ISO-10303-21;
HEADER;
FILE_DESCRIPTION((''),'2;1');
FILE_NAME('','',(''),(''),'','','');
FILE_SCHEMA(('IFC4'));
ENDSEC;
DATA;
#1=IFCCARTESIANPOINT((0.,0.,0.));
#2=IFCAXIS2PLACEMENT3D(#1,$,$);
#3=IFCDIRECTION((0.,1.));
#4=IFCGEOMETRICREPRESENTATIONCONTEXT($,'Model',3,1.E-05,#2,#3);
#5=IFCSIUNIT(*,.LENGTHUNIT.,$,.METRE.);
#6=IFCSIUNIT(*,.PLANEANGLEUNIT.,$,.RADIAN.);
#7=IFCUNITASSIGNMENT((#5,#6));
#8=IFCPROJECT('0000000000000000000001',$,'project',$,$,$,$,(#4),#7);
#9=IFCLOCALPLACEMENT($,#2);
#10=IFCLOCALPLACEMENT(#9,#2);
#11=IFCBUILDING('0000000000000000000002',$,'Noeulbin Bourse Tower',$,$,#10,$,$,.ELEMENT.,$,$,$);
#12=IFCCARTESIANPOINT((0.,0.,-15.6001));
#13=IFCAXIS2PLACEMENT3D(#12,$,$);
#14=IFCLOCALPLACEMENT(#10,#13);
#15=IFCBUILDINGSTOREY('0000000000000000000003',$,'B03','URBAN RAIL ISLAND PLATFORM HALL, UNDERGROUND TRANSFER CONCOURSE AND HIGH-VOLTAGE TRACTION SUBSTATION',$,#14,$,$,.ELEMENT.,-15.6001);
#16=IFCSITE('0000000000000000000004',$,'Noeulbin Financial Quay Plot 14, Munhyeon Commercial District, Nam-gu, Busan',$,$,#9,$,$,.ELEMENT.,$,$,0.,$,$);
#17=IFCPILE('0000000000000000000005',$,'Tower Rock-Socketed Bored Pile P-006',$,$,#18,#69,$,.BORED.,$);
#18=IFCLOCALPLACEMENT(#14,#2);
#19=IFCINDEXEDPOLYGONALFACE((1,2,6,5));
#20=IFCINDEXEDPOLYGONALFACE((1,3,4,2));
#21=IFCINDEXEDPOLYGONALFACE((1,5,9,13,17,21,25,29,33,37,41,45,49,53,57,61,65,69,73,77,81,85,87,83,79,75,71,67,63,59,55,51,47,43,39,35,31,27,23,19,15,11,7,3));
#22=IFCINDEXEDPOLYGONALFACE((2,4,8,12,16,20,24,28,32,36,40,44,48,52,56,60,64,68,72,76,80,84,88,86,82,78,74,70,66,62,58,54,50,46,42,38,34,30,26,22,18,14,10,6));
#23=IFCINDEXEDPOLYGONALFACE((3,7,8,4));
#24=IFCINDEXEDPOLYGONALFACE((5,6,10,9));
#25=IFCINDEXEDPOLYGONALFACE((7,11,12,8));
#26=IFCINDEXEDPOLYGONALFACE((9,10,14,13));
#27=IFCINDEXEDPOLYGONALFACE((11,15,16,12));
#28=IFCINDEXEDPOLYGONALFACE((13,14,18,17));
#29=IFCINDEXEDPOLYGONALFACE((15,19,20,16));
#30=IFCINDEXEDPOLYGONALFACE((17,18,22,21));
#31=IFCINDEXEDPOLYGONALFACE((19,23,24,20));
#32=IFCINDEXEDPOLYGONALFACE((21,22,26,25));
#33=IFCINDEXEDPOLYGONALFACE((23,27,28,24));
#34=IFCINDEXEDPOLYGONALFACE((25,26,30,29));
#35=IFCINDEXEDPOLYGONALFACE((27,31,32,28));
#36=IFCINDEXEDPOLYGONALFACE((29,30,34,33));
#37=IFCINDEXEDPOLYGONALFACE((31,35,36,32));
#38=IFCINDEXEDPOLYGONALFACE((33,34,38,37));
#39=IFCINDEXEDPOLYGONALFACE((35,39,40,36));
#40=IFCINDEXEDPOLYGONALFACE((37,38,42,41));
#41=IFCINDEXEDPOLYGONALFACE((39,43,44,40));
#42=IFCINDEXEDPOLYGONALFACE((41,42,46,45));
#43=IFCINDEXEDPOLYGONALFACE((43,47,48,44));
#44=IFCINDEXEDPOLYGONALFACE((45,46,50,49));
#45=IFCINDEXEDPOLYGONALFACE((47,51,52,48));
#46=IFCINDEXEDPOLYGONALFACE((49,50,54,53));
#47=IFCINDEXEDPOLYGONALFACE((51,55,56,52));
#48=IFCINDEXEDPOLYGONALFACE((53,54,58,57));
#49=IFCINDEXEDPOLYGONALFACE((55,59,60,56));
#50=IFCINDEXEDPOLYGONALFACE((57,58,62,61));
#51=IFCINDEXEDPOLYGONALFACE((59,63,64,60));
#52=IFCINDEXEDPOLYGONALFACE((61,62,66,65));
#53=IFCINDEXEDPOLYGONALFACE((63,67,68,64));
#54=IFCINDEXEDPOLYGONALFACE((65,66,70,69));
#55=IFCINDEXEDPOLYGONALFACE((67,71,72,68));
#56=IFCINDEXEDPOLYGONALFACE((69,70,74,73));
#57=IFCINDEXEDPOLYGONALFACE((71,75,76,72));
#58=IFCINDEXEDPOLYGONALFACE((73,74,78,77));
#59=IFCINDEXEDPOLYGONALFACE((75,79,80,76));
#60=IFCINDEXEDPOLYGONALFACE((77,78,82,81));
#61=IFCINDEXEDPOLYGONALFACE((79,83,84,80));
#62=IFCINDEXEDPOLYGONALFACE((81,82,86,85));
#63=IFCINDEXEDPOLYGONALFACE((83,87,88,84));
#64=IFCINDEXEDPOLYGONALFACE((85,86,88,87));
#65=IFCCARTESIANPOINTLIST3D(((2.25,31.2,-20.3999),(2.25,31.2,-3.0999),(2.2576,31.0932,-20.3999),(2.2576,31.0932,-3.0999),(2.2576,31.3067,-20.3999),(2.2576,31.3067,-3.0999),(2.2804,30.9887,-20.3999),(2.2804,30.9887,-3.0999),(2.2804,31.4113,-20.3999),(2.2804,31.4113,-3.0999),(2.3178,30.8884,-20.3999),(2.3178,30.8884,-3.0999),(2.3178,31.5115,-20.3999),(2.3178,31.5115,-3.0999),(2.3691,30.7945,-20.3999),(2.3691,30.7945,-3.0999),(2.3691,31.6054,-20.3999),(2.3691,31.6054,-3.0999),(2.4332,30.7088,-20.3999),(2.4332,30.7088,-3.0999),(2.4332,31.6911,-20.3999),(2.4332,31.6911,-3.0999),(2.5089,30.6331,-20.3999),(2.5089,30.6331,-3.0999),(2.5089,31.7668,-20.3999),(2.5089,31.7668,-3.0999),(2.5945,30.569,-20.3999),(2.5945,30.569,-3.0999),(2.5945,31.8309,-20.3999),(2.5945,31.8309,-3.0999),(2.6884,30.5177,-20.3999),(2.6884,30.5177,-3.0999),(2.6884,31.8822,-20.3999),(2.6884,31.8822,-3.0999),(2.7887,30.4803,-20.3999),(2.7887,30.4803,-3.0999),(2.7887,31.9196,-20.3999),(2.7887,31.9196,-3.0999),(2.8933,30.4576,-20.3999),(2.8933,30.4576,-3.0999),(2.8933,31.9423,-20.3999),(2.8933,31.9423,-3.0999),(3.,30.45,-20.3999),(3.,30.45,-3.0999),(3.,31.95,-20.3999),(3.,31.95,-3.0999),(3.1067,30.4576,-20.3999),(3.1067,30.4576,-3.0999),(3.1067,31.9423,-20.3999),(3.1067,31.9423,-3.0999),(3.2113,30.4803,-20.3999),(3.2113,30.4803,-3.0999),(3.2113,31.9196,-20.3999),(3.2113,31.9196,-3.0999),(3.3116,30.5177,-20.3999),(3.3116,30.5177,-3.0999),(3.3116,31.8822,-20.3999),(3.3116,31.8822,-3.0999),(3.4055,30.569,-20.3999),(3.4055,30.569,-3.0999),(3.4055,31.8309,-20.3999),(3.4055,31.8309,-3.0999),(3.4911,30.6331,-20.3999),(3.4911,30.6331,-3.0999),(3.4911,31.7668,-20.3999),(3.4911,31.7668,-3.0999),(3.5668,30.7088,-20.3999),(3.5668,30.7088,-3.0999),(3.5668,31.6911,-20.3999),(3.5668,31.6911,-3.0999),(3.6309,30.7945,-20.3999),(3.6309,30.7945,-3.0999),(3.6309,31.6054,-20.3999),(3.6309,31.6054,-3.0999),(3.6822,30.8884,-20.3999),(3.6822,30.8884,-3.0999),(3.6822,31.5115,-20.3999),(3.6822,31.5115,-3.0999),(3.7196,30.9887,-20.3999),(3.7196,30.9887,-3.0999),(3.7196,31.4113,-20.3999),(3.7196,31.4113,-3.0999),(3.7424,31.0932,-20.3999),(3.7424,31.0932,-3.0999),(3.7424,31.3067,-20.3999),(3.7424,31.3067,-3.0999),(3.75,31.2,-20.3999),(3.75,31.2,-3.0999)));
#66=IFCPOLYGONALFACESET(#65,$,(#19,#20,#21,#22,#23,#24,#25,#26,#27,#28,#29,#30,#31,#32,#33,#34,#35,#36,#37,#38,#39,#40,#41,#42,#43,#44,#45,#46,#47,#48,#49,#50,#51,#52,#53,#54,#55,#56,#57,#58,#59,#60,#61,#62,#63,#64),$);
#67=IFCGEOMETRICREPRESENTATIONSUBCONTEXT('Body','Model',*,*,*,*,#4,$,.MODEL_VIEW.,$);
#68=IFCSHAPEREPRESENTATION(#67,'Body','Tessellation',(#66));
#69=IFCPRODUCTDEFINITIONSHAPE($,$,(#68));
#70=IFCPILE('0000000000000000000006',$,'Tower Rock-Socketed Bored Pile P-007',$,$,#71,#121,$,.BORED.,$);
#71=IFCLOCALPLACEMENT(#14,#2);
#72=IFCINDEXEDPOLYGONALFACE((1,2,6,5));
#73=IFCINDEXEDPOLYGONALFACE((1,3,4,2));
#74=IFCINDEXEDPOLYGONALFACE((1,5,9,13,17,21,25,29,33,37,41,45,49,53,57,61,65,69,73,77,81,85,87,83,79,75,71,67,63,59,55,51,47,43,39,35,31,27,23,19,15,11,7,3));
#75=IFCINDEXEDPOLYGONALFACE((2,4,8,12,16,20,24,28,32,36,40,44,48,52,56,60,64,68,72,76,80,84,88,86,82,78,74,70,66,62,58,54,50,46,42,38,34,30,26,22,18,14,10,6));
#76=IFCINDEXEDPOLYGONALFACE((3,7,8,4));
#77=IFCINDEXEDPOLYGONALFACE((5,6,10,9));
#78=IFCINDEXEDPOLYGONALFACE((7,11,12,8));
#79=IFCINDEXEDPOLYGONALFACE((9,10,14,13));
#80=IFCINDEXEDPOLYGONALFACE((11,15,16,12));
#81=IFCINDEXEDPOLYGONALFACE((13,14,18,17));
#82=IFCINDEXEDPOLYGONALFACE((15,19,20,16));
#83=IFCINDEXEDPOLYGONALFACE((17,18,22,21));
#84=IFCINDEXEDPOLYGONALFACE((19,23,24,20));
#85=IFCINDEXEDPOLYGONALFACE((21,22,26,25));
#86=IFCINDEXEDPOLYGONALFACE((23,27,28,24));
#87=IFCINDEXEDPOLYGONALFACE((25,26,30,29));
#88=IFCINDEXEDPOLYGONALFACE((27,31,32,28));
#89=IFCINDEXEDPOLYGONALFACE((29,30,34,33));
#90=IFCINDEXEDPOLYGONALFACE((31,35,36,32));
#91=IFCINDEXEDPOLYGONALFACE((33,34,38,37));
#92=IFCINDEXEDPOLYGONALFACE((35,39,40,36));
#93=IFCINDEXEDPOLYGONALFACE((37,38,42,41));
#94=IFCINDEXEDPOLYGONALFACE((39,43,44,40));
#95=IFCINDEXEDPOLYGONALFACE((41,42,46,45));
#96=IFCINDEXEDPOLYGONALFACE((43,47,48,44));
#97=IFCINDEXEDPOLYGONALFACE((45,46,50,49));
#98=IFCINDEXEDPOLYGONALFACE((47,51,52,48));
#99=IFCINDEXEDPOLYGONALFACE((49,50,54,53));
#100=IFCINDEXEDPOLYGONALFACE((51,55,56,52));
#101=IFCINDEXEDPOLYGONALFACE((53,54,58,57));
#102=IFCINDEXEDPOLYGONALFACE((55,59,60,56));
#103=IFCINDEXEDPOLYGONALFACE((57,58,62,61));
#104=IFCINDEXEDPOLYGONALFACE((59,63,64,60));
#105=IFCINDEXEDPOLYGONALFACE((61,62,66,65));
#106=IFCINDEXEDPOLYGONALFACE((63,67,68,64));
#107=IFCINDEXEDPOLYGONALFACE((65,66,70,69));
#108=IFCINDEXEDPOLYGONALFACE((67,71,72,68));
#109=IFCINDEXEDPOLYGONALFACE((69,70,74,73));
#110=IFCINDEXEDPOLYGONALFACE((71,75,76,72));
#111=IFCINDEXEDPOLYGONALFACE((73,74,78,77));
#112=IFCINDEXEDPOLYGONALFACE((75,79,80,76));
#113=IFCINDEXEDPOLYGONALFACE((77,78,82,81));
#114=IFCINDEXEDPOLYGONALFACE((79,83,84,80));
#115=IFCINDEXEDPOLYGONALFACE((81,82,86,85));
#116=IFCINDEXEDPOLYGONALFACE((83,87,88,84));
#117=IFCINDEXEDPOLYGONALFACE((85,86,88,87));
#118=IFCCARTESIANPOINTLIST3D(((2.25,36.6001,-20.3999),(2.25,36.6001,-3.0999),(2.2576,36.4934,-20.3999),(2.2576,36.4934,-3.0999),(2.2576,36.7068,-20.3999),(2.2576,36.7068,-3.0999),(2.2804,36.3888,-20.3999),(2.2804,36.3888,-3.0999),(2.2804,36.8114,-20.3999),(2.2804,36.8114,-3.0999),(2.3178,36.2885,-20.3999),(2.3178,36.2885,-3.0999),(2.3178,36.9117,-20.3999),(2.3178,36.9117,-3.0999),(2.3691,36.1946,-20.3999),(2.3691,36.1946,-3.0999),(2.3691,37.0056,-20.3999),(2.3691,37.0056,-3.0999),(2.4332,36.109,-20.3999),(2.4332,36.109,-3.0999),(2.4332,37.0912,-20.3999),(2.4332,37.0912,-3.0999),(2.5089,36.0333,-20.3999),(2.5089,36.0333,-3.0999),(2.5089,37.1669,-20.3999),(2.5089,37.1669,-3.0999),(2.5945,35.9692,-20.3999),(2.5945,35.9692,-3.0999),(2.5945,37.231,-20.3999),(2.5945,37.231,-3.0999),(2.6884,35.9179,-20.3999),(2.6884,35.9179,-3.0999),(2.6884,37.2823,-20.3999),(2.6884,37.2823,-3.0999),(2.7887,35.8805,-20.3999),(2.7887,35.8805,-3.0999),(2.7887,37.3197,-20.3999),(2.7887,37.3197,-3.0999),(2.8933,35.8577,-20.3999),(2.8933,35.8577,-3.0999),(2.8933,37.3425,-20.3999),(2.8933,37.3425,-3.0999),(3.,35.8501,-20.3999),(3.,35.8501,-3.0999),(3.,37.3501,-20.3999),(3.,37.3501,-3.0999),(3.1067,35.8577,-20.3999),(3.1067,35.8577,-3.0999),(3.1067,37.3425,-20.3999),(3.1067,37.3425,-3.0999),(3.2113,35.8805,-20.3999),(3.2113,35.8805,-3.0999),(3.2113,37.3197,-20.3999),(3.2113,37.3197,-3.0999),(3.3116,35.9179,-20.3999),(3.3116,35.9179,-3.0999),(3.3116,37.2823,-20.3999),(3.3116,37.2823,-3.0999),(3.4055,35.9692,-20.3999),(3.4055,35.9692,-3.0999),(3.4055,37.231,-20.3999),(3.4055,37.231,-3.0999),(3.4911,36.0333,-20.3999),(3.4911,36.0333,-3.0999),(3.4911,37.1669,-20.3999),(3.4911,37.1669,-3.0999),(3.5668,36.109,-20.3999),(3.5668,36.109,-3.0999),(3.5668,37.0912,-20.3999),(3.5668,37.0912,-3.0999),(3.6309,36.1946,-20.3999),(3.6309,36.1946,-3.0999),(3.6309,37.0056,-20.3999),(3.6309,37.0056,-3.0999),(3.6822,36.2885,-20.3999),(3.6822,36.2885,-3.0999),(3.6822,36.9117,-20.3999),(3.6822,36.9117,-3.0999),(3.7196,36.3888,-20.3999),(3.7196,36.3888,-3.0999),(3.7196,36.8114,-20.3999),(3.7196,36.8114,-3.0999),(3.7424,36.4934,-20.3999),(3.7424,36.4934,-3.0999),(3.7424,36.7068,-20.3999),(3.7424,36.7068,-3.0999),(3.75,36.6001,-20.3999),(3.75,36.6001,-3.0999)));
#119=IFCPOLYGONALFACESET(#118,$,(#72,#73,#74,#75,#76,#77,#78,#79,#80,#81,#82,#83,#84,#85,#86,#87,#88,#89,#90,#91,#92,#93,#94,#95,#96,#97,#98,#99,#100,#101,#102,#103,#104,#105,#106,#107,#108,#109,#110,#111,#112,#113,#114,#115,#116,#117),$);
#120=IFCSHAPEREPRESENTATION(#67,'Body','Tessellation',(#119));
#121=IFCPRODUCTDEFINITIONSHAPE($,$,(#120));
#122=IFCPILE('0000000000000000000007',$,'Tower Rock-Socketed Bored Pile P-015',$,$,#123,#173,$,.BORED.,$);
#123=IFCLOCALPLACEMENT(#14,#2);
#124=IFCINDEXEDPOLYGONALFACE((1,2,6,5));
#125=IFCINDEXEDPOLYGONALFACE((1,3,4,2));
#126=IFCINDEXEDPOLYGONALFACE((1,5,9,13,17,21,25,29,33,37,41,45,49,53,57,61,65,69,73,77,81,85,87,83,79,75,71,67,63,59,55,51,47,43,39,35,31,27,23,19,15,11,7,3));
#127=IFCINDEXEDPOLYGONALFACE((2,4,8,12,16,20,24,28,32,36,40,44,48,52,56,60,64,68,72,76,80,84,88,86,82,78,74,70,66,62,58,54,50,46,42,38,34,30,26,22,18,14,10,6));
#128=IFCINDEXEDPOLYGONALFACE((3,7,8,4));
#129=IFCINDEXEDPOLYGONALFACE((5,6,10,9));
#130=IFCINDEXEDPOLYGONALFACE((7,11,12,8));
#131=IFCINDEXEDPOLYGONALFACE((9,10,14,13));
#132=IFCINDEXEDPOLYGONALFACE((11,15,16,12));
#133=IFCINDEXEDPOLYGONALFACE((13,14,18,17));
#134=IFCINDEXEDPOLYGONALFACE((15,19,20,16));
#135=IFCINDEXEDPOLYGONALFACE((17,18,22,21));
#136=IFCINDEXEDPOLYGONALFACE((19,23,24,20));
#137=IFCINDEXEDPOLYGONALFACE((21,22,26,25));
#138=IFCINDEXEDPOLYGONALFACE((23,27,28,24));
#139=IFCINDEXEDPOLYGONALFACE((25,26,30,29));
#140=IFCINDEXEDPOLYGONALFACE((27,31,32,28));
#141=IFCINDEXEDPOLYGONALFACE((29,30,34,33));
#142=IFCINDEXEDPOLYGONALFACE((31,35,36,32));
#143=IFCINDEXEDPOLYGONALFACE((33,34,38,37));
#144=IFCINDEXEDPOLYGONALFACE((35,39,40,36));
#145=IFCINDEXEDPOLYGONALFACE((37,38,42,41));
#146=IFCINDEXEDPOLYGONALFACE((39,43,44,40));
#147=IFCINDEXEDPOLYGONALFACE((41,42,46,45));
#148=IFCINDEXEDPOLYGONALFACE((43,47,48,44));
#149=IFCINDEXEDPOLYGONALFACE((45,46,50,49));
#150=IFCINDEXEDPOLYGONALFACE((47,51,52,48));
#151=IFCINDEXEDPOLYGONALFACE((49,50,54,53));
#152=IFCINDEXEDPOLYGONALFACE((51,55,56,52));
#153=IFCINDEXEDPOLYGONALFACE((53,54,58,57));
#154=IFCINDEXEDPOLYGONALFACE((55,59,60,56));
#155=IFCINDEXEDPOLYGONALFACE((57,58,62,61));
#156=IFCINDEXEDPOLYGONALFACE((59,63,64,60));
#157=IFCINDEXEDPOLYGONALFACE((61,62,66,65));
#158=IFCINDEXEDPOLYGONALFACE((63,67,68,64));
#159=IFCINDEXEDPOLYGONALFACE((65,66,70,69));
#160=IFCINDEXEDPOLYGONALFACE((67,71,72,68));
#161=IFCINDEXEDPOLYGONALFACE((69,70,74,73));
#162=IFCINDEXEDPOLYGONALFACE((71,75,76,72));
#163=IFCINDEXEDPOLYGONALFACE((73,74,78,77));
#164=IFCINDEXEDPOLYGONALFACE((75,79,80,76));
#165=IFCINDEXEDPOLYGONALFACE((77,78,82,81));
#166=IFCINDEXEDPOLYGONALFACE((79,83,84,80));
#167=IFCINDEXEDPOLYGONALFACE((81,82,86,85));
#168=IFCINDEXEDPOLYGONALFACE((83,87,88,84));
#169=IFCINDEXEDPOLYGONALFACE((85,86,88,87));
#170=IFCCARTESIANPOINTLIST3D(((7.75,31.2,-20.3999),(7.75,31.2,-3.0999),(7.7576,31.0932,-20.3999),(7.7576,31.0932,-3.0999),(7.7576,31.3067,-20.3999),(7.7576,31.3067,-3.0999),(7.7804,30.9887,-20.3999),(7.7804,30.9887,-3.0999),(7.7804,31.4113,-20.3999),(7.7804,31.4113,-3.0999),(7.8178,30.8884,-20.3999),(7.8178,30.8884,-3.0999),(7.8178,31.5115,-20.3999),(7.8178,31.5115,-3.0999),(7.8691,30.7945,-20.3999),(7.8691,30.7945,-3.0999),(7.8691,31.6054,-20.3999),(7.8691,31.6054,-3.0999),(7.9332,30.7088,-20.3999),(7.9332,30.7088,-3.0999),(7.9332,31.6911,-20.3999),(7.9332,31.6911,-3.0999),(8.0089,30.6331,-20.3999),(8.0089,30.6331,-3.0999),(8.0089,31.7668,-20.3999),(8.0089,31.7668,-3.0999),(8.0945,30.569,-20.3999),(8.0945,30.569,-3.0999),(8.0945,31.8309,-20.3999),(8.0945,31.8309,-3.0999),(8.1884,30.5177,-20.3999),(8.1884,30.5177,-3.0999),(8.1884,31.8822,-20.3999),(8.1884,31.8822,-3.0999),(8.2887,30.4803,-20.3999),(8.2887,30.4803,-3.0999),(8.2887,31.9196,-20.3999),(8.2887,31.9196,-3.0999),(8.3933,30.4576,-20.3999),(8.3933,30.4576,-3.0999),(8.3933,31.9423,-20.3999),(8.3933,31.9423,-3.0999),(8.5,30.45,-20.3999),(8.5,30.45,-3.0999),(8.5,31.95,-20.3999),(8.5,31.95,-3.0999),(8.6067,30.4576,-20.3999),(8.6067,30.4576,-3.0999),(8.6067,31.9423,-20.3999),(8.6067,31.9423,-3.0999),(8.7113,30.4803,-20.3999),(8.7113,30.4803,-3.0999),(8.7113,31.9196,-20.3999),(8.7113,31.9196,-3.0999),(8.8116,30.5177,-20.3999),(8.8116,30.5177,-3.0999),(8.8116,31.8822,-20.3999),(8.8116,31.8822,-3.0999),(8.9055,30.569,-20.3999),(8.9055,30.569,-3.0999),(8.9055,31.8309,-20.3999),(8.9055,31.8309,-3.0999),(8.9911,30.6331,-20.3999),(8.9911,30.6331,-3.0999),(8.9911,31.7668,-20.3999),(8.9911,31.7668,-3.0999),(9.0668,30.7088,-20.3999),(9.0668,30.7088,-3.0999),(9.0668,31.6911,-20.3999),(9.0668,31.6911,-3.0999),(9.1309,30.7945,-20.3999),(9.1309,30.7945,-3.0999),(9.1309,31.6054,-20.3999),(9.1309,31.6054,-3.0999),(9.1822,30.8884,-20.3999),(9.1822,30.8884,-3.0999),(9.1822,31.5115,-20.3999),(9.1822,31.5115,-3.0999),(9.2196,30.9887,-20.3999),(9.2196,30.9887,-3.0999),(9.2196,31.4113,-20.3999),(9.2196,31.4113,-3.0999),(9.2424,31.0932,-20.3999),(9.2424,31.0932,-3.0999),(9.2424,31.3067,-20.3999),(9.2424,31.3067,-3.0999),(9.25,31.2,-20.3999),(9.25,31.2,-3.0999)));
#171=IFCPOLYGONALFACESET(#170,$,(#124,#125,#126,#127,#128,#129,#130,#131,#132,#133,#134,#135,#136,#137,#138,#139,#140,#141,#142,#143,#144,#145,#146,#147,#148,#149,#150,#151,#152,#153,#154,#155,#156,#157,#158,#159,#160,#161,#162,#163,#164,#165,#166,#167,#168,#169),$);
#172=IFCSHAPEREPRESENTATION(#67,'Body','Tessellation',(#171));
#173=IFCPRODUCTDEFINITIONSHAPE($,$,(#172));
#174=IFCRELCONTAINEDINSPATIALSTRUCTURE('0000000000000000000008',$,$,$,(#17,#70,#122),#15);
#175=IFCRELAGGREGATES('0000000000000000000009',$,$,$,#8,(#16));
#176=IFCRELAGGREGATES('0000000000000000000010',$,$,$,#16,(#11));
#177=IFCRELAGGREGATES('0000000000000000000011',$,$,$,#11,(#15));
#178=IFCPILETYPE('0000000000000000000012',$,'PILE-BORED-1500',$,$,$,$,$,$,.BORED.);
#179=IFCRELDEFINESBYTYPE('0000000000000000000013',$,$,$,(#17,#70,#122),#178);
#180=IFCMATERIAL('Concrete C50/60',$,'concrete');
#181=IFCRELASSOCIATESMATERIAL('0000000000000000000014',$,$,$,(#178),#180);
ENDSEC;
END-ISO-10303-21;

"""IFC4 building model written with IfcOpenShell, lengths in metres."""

from ifc_helpers import new_model, si_unit, direction, frame, origin, origin_2d, place, context, subcontext, project, spatial, circle, extrude, material, material_profile, profile_set, type_object, element, save


model = new_model("IFC4")

# Units and contexts
model_context = context("Model", 3, precision=1e-05, world=origin(), true_north=direction((0.0, 1.0)))
body_context = subcontext(model_context, "Body", "Model", "MODEL_VIEW")
ifc_project = project(units=[si_unit("LENGTHUNIT", "METRE"), si_unit("PLANEANGLEUNIT", "RADIAN")], contexts=[model_context])

# Site, building, storey
site_placement = place(None, origin())
site = spatial("IfcSite", under=ifc_project, at=site_placement, Name="Noeulbin Financial Quay Plot 14, Munhyeon Commercial District, Nam-gu, Busan", CompositionType="ELEMENT", RefElevation=0.0)
building_placement = place(site_placement, origin())
building = spatial("IfcBuilding", under=site, at=building_placement, Name="Noeulbin Bourse Tower", CompositionType="ELEMENT")
storey_placement = place(building_placement, frame((0.0, 0.0, -15.6001)))
storey = spatial("IfcBuildingStorey", under=building, at=storey_placement, Name="B03", Description="URBAN RAIL ISLAND PLATFORM HALL, UNDERGROUND TRANSFER CONCOURSE AND HIGH-VOLTAGE TRACTION SUBSTATION", CompositionType="ELEMENT", Elevation=-15.6001)

# Piles
ifc_material_1 = material(Name="Concrete C50/60", Category="concrete")
ifc_material_profile_1 = material_profile(ifc_material_1, circle(Radius=0.75, at=origin_2d()), Name="PILE-D1500", Category="LoadBearing")
ifc_profile_set_1 = profile_set([ifc_material_profile_1], Name="Concrete C50/60")
pile_type_1 = type_object("IfcPileType", Name="PILE-BORED-1500", PredefinedType="BORED", material=ifc_profile_set_1)
for number, where, z_axis, x_axis, name in (
    (1, (3.0, 31.2, -3.0999), (0.0, 0.0, -1.0), (1.0, 0.0, 0.0), "Tower Rock-Socketed Bored Pile P-006"),
    (2, (3.0, 36.6001, -3.0999), (0.0, 0.0, -1.0), (1.0, 0.0, 0.0), "Tower Rock-Socketed Bored Pile P-007"),
    (3, (8.5, 31.2, -3.0999), (0.0, 0.0, -1.0), (1.0, 0.0, 0.0), "Tower Rock-Socketed Bored Pile P-015"),
):
    element("IfcPile", number, at=place(storey_placement, frame(where, z_axis=z_axis, x_axis=x_axis)), inside=storey, type_object=pile_type_1, Name=name, PredefinedType="BORED", context=body_context, shape_type="SweptSolid", body=[
        extrude(circle(Radius=0.75, at=origin_2d()), origin(), (0.0, 0.0, 1.0), 17.3),
    ])

save(model, "model.ifc")
